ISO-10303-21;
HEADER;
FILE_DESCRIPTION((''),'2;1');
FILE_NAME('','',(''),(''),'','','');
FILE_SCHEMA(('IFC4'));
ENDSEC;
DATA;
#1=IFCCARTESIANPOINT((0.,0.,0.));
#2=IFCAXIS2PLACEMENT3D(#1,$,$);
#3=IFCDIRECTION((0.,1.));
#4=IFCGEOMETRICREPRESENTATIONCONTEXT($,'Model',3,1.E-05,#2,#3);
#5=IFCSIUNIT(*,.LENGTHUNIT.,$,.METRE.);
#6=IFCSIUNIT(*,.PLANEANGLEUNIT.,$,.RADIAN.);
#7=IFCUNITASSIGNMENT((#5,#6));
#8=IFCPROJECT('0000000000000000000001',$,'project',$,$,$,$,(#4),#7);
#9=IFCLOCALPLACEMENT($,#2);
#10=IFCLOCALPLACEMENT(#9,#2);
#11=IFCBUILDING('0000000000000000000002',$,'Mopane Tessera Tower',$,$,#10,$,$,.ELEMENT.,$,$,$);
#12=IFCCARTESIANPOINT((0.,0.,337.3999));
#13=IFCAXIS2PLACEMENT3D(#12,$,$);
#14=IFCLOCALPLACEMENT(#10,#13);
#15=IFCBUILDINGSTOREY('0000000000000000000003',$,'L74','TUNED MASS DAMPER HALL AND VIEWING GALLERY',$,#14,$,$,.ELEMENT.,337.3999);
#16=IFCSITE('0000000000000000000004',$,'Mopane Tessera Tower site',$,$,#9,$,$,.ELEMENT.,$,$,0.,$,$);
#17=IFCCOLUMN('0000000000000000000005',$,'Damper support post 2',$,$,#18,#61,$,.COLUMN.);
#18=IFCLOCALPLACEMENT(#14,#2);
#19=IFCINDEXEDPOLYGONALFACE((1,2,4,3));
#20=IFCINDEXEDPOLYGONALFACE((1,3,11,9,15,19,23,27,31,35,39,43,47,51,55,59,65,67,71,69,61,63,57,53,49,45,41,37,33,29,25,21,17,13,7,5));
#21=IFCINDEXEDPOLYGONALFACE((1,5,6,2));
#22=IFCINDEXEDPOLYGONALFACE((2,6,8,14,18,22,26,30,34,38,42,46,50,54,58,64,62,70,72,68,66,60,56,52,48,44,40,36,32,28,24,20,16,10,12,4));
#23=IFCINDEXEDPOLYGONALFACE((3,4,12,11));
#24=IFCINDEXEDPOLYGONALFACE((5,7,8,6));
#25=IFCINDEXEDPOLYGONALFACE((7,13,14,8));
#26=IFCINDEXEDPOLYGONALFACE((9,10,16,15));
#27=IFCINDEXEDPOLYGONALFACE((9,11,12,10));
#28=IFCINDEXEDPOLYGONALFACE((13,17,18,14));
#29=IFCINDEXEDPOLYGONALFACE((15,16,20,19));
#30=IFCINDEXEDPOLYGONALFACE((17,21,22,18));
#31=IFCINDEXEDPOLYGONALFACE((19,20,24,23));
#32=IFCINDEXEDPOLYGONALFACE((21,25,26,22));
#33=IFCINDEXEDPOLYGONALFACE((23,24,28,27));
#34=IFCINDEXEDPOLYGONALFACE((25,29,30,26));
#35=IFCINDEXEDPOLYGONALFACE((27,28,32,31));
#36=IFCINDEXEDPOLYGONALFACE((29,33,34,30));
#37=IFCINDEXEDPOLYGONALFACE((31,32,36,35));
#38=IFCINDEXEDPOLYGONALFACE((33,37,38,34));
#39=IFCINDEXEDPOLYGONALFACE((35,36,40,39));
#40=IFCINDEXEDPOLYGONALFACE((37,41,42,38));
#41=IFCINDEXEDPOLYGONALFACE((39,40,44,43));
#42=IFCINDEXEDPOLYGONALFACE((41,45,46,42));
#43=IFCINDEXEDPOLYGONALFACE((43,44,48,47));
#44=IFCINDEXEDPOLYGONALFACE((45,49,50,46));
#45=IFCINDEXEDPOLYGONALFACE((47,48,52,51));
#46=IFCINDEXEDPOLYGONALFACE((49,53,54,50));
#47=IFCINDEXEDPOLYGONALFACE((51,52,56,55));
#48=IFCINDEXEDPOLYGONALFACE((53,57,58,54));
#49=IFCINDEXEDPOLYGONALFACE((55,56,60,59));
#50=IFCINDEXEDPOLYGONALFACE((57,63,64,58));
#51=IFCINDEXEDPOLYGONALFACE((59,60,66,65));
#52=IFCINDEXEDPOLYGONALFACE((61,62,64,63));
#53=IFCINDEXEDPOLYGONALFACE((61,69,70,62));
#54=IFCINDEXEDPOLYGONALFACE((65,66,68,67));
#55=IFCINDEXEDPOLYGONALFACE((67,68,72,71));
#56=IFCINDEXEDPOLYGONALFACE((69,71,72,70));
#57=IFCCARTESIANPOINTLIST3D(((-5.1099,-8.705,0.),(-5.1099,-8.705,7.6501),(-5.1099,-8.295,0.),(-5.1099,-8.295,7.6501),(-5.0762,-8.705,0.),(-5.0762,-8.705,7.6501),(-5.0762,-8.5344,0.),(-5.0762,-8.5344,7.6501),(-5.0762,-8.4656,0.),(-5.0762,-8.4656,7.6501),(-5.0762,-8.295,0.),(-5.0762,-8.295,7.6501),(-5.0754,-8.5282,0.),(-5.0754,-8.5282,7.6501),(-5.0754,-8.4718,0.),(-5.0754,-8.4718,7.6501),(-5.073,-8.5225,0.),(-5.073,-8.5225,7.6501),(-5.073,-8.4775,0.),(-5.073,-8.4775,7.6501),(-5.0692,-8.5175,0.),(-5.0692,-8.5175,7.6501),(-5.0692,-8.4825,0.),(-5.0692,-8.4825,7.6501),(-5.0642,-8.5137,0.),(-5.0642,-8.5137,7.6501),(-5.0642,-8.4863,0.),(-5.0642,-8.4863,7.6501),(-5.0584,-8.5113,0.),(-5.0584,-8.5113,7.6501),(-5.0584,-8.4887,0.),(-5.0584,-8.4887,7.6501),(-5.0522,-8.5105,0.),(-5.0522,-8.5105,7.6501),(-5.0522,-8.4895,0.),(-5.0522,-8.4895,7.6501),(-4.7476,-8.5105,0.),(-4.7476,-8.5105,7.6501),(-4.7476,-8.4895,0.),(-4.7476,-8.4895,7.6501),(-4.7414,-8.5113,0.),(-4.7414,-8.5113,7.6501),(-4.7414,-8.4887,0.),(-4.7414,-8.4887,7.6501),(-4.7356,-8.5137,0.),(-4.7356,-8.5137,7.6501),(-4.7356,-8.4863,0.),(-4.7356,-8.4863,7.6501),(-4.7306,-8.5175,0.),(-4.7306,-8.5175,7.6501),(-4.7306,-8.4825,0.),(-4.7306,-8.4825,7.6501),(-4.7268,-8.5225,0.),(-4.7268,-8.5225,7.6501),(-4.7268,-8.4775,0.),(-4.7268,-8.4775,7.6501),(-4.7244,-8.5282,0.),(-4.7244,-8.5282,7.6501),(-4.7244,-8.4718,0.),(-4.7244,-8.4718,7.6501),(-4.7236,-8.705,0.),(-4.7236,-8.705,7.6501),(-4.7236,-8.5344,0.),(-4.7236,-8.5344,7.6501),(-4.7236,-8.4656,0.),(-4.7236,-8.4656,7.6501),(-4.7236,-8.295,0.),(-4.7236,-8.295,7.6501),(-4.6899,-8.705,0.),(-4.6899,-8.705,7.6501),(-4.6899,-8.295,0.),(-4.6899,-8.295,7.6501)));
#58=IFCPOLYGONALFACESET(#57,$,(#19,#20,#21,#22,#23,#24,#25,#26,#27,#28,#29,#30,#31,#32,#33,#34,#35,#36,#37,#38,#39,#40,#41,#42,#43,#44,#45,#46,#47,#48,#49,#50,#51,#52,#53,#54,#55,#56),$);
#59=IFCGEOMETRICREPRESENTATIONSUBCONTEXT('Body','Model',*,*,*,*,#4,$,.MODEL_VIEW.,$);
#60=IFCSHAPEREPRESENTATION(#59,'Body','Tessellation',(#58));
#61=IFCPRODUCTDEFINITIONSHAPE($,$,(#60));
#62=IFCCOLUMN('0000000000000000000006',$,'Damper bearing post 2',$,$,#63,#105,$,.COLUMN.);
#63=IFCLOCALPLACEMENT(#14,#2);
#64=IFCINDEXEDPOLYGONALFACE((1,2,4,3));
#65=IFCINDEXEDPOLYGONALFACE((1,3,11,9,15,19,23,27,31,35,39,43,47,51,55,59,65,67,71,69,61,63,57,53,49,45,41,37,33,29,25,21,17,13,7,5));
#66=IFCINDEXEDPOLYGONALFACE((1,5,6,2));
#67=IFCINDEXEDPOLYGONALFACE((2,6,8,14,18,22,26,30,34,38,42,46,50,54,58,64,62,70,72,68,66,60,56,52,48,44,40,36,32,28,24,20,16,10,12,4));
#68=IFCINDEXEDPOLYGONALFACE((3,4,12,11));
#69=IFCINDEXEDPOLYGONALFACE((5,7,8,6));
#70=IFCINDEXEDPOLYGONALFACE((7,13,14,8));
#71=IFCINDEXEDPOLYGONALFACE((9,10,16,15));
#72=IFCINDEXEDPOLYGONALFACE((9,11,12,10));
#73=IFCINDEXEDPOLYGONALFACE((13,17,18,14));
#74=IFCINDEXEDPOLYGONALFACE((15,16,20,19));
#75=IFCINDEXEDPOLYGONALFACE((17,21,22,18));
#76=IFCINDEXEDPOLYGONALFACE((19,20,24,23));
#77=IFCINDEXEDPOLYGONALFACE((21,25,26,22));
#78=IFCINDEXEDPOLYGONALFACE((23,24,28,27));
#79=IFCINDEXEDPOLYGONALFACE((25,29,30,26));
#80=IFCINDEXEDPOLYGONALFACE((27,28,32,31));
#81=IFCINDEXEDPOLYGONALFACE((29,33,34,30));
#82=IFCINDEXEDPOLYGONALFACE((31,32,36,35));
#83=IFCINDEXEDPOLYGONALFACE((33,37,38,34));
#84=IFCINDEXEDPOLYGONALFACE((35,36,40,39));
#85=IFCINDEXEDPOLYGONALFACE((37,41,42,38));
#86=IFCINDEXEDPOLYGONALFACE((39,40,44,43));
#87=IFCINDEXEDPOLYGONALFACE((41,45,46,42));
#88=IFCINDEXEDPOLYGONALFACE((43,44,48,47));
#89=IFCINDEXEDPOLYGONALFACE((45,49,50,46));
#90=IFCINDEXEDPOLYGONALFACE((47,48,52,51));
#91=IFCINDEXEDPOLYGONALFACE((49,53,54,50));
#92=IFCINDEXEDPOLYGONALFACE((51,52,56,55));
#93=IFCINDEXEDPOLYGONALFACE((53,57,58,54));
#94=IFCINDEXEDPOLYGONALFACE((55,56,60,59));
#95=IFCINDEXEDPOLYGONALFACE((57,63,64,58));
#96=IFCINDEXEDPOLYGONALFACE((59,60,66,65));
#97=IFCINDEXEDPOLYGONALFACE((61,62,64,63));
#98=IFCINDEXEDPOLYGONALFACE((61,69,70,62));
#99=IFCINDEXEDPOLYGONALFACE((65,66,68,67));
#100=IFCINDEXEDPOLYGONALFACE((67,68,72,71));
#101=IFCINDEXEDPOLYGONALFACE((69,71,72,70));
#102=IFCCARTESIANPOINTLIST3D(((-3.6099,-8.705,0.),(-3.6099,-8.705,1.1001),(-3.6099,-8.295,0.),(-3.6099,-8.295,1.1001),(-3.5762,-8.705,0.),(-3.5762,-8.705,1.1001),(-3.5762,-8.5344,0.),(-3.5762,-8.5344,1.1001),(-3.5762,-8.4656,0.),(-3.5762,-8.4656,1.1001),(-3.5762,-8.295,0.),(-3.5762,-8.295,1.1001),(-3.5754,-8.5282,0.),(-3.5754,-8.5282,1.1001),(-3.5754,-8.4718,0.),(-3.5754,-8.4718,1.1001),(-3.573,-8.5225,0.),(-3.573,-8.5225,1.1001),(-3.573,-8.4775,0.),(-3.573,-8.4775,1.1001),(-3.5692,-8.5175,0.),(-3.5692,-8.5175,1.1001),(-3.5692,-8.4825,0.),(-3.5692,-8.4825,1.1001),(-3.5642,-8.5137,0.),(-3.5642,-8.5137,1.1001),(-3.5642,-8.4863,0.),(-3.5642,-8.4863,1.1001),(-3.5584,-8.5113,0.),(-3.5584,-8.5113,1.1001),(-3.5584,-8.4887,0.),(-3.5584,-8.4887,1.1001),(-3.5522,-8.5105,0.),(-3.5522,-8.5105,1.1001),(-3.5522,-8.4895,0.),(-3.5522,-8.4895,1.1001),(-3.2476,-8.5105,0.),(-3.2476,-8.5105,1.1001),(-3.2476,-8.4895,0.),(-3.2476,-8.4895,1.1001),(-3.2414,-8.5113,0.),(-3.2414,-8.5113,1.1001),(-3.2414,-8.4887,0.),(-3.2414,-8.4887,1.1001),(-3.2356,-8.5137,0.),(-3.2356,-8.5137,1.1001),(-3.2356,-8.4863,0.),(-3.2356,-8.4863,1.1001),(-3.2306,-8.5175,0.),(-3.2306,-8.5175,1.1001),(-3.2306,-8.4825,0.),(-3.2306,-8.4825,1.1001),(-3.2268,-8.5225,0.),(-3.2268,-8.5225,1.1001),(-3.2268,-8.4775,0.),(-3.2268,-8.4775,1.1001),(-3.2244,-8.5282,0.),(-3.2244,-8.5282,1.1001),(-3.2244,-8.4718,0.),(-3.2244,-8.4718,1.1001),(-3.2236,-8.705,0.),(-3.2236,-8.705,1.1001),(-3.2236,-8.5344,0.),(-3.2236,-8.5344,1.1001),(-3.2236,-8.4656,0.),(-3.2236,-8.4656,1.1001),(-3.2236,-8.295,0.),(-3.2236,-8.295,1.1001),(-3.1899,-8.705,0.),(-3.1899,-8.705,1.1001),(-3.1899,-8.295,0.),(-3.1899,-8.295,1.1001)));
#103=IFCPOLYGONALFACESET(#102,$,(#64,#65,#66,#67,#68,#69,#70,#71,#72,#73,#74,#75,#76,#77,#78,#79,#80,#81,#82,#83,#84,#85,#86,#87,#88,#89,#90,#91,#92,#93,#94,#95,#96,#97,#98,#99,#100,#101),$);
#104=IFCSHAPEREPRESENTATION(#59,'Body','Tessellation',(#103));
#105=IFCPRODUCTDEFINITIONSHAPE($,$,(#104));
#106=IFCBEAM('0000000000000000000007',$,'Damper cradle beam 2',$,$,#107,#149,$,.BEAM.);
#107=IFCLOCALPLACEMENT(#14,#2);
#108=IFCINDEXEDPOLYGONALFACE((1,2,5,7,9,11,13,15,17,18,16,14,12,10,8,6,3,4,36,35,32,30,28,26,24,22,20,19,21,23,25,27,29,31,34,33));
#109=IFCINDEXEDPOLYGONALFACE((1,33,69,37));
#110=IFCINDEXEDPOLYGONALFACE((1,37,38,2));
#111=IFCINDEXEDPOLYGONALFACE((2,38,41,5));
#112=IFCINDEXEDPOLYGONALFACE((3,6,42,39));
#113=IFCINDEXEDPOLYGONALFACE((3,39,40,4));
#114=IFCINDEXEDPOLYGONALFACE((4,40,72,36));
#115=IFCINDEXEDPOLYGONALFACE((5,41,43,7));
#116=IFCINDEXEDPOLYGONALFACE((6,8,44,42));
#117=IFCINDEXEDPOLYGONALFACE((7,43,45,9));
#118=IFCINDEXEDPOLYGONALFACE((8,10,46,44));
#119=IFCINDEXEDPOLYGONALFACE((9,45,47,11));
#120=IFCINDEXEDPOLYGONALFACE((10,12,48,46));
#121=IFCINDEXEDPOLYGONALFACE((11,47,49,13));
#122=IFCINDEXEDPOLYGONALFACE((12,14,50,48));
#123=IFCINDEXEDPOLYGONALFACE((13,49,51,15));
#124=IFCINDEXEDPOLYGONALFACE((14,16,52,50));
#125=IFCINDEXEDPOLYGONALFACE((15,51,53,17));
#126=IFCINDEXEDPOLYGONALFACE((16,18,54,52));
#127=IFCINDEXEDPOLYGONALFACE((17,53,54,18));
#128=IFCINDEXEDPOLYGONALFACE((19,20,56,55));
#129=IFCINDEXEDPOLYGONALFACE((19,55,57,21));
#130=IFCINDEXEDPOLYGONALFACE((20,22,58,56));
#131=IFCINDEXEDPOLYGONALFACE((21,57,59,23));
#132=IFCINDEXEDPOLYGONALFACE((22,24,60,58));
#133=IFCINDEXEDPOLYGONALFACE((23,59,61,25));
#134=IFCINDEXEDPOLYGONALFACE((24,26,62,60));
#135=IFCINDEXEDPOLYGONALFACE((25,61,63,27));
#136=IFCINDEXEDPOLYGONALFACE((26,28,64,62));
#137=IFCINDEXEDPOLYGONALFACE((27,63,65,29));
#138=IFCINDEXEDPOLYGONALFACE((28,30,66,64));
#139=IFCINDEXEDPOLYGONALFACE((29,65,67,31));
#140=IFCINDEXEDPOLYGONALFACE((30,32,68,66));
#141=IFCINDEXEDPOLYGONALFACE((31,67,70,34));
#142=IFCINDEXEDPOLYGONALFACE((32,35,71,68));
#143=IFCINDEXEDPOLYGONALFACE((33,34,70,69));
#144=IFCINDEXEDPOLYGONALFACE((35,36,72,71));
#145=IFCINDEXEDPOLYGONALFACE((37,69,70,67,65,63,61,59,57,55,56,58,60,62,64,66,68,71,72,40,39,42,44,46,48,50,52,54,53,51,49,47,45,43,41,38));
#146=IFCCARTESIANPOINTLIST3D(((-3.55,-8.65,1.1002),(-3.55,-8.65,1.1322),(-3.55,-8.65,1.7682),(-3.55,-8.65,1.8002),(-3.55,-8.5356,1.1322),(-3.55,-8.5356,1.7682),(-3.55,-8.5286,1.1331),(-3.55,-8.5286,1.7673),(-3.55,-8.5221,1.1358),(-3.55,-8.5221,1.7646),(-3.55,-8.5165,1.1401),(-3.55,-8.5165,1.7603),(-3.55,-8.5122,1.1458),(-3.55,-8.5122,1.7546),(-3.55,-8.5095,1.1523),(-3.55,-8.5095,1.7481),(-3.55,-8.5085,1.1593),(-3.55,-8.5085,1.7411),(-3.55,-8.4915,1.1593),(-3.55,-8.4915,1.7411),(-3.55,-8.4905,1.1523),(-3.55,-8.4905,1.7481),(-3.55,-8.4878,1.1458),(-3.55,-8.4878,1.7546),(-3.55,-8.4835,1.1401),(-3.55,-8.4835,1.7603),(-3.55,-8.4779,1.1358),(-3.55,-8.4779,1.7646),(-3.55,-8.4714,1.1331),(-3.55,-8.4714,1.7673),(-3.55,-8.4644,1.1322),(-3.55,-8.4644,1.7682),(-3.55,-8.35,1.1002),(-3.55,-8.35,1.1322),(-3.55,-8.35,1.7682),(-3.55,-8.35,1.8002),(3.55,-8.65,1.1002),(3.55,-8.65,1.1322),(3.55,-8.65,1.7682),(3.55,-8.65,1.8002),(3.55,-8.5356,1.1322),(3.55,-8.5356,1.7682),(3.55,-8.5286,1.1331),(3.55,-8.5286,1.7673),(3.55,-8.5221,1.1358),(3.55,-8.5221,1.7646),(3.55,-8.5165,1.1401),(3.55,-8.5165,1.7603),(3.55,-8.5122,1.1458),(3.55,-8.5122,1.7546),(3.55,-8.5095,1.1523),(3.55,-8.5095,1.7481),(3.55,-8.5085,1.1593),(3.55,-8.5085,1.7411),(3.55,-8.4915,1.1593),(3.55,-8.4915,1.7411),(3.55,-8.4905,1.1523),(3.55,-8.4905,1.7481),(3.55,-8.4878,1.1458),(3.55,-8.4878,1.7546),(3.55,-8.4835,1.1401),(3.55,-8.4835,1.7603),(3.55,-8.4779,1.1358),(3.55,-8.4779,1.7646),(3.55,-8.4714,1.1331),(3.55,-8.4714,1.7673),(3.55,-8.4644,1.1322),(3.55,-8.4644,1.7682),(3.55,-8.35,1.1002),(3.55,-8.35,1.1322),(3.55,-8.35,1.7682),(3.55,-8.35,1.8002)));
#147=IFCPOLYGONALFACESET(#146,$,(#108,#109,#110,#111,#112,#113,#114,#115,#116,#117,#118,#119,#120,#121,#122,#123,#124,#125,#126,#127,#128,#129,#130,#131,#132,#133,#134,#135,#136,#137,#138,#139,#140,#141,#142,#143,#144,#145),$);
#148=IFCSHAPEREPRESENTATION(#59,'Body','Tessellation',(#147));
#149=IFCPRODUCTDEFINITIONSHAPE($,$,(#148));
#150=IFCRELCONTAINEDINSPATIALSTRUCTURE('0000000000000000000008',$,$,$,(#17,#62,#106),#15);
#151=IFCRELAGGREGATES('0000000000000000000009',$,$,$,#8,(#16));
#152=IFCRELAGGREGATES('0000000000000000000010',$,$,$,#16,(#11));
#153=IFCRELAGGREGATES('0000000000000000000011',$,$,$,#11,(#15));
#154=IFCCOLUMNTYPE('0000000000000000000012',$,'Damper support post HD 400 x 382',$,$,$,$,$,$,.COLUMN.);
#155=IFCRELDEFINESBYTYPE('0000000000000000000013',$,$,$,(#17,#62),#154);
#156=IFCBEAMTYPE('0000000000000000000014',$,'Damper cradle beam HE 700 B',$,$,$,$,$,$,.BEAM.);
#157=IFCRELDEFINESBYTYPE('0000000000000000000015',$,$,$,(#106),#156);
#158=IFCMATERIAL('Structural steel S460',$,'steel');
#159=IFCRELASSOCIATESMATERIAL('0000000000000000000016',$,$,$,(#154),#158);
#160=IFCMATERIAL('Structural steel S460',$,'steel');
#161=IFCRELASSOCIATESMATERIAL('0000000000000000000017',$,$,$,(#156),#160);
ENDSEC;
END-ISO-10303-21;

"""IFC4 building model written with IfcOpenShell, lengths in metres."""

from ifc_helpers import new_model, si_unit, direction, frame, origin, origin_2d, place, context, subcontext, project, spatial, i_section, extrude, material, material_profile, profile_set, type_object, element, save


model = new_model("IFC4")

# Units and contexts
model_context = context("Model", 3, precision=1e-05, world=origin(), true_north=direction((0.0, 1.0)))
body_context = subcontext(model_context, "Body", "Model", "MODEL_VIEW")
ifc_project = project(units=[si_unit("LENGTHUNIT", "METRE"), si_unit("PLANEANGLEUNIT", "RADIAN")], contexts=[model_context])

# Site, building, storey
site_placement = place(None, origin())
site = spatial("IfcSite", under=ifc_project, at=site_placement, Name="Mopane Tessera Tower site", CompositionType="ELEMENT", RefElevation=0.0)
building_placement = place(site_placement, origin())
building = spatial("IfcBuilding", under=site, at=building_placement, Name="Mopane Tessera Tower", CompositionType="ELEMENT")
storey_placement = place(building_placement, frame((0.0, 0.0, 337.3999)))
storey = spatial("IfcBuildingStorey", under=building, at=storey_placement, Name="L74", Description="TUNED MASS DAMPER HALL AND VIEWING GALLERY", CompositionType="ELEMENT", Elevation=337.3999)

# Columns
ifc_material_1 = material(Name="Structural steel S460", Category="steel")
ifc_material_profile_1 = material_profile(ifc_material_1, i_section(OverallWidth=0.4099, OverallDepth=0.4199, WebThickness=0.021, FlangeThickness=0.0337, FilletRadius=0.0239, at=origin_2d()))
ifc_profile_set_1 = profile_set([ifc_material_profile_1], Name="Structural steel S460")
column_type = type_object("IfcColumnType", Name="Damper support post HD 400 x 382", PredefinedType="COLUMN", material=ifc_profile_set_1)
column_1_placement = place(storey_placement, frame((-4.8999, -8.5, 0.0), z_axis=(0.0, 0.0, 1.0), x_axis=(0.0, 1.0, 0.0)))
element("IfcColumn", 1, at=column_1_placement, inside=storey, type_object=column_type, Name="Damper support post 2", PredefinedType="COLUMN", context=body_context, shape_type="SweptSolid", body=[
    extrude(i_section(OverallWidth=0.4099, OverallDepth=0.4199, WebThickness=0.021, FlangeThickness=0.0337, FilletRadius=0.0239, at=origin_2d()), origin(), (0.0, 0.0, 1.0), 7.6501),
])
column_2_placement = place(storey_placement, frame((-3.3999, -8.5, 0.0), z_axis=(0.0, 0.0, 1.0), x_axis=(0.0, 1.0, 0.0)))
element("IfcColumn", 2, at=column_2_placement, inside=storey, type_object=column_type, Name="Damper bearing post 2", PredefinedType="COLUMN", context=body_context, shape_type="SweptSolid", body=[
    extrude(i_section(OverallWidth=0.4099, OverallDepth=0.4199, WebThickness=0.021, FlangeThickness=0.0337, FilletRadius=0.0239, at=origin_2d()), origin(), (0.0, 0.0, 1.0), 1.1001),
])

# Beam
ifc_material_2 = material(Name="Structural steel S460", Category="steel")
ifc_material_profile_2 = material_profile(ifc_material_2, i_section(OverallWidth=0.3, OverallDepth=0.7, WebThickness=0.0171, FlangeThickness=0.032, FilletRadius=0.0271, at=origin_2d()))
ifc_profile_set_2 = profile_set([ifc_material_profile_2], Name="Structural steel S460")
beam_type_1 = type_object("IfcBeamType", Name="Damper cradle beam HE 700 B", PredefinedType="BEAM", material=ifc_profile_set_2)
beam_1_placement = place(storey_placement, frame((-3.55, -8.5, 1.4502), z_axis=(1.0, 0.0, 0.0), x_axis=(0.0, 1.0, 0.0)))
element("IfcBeam", 3, at=beam_1_placement, inside=storey, type_object=beam_type_1, Name="Damper cradle beam 2", PredefinedType="BEAM", context=body_context, shape_type="SweptSolid", body=[
    extrude(i_section(OverallWidth=0.3, OverallDepth=0.7, WebThickness=0.0171, FlangeThickness=0.032, FilletRadius=0.0271, at=origin_2d()), origin(), (0.0, 0.0, 1.0), 7.1001),
])

save(model, "model.ifc")
